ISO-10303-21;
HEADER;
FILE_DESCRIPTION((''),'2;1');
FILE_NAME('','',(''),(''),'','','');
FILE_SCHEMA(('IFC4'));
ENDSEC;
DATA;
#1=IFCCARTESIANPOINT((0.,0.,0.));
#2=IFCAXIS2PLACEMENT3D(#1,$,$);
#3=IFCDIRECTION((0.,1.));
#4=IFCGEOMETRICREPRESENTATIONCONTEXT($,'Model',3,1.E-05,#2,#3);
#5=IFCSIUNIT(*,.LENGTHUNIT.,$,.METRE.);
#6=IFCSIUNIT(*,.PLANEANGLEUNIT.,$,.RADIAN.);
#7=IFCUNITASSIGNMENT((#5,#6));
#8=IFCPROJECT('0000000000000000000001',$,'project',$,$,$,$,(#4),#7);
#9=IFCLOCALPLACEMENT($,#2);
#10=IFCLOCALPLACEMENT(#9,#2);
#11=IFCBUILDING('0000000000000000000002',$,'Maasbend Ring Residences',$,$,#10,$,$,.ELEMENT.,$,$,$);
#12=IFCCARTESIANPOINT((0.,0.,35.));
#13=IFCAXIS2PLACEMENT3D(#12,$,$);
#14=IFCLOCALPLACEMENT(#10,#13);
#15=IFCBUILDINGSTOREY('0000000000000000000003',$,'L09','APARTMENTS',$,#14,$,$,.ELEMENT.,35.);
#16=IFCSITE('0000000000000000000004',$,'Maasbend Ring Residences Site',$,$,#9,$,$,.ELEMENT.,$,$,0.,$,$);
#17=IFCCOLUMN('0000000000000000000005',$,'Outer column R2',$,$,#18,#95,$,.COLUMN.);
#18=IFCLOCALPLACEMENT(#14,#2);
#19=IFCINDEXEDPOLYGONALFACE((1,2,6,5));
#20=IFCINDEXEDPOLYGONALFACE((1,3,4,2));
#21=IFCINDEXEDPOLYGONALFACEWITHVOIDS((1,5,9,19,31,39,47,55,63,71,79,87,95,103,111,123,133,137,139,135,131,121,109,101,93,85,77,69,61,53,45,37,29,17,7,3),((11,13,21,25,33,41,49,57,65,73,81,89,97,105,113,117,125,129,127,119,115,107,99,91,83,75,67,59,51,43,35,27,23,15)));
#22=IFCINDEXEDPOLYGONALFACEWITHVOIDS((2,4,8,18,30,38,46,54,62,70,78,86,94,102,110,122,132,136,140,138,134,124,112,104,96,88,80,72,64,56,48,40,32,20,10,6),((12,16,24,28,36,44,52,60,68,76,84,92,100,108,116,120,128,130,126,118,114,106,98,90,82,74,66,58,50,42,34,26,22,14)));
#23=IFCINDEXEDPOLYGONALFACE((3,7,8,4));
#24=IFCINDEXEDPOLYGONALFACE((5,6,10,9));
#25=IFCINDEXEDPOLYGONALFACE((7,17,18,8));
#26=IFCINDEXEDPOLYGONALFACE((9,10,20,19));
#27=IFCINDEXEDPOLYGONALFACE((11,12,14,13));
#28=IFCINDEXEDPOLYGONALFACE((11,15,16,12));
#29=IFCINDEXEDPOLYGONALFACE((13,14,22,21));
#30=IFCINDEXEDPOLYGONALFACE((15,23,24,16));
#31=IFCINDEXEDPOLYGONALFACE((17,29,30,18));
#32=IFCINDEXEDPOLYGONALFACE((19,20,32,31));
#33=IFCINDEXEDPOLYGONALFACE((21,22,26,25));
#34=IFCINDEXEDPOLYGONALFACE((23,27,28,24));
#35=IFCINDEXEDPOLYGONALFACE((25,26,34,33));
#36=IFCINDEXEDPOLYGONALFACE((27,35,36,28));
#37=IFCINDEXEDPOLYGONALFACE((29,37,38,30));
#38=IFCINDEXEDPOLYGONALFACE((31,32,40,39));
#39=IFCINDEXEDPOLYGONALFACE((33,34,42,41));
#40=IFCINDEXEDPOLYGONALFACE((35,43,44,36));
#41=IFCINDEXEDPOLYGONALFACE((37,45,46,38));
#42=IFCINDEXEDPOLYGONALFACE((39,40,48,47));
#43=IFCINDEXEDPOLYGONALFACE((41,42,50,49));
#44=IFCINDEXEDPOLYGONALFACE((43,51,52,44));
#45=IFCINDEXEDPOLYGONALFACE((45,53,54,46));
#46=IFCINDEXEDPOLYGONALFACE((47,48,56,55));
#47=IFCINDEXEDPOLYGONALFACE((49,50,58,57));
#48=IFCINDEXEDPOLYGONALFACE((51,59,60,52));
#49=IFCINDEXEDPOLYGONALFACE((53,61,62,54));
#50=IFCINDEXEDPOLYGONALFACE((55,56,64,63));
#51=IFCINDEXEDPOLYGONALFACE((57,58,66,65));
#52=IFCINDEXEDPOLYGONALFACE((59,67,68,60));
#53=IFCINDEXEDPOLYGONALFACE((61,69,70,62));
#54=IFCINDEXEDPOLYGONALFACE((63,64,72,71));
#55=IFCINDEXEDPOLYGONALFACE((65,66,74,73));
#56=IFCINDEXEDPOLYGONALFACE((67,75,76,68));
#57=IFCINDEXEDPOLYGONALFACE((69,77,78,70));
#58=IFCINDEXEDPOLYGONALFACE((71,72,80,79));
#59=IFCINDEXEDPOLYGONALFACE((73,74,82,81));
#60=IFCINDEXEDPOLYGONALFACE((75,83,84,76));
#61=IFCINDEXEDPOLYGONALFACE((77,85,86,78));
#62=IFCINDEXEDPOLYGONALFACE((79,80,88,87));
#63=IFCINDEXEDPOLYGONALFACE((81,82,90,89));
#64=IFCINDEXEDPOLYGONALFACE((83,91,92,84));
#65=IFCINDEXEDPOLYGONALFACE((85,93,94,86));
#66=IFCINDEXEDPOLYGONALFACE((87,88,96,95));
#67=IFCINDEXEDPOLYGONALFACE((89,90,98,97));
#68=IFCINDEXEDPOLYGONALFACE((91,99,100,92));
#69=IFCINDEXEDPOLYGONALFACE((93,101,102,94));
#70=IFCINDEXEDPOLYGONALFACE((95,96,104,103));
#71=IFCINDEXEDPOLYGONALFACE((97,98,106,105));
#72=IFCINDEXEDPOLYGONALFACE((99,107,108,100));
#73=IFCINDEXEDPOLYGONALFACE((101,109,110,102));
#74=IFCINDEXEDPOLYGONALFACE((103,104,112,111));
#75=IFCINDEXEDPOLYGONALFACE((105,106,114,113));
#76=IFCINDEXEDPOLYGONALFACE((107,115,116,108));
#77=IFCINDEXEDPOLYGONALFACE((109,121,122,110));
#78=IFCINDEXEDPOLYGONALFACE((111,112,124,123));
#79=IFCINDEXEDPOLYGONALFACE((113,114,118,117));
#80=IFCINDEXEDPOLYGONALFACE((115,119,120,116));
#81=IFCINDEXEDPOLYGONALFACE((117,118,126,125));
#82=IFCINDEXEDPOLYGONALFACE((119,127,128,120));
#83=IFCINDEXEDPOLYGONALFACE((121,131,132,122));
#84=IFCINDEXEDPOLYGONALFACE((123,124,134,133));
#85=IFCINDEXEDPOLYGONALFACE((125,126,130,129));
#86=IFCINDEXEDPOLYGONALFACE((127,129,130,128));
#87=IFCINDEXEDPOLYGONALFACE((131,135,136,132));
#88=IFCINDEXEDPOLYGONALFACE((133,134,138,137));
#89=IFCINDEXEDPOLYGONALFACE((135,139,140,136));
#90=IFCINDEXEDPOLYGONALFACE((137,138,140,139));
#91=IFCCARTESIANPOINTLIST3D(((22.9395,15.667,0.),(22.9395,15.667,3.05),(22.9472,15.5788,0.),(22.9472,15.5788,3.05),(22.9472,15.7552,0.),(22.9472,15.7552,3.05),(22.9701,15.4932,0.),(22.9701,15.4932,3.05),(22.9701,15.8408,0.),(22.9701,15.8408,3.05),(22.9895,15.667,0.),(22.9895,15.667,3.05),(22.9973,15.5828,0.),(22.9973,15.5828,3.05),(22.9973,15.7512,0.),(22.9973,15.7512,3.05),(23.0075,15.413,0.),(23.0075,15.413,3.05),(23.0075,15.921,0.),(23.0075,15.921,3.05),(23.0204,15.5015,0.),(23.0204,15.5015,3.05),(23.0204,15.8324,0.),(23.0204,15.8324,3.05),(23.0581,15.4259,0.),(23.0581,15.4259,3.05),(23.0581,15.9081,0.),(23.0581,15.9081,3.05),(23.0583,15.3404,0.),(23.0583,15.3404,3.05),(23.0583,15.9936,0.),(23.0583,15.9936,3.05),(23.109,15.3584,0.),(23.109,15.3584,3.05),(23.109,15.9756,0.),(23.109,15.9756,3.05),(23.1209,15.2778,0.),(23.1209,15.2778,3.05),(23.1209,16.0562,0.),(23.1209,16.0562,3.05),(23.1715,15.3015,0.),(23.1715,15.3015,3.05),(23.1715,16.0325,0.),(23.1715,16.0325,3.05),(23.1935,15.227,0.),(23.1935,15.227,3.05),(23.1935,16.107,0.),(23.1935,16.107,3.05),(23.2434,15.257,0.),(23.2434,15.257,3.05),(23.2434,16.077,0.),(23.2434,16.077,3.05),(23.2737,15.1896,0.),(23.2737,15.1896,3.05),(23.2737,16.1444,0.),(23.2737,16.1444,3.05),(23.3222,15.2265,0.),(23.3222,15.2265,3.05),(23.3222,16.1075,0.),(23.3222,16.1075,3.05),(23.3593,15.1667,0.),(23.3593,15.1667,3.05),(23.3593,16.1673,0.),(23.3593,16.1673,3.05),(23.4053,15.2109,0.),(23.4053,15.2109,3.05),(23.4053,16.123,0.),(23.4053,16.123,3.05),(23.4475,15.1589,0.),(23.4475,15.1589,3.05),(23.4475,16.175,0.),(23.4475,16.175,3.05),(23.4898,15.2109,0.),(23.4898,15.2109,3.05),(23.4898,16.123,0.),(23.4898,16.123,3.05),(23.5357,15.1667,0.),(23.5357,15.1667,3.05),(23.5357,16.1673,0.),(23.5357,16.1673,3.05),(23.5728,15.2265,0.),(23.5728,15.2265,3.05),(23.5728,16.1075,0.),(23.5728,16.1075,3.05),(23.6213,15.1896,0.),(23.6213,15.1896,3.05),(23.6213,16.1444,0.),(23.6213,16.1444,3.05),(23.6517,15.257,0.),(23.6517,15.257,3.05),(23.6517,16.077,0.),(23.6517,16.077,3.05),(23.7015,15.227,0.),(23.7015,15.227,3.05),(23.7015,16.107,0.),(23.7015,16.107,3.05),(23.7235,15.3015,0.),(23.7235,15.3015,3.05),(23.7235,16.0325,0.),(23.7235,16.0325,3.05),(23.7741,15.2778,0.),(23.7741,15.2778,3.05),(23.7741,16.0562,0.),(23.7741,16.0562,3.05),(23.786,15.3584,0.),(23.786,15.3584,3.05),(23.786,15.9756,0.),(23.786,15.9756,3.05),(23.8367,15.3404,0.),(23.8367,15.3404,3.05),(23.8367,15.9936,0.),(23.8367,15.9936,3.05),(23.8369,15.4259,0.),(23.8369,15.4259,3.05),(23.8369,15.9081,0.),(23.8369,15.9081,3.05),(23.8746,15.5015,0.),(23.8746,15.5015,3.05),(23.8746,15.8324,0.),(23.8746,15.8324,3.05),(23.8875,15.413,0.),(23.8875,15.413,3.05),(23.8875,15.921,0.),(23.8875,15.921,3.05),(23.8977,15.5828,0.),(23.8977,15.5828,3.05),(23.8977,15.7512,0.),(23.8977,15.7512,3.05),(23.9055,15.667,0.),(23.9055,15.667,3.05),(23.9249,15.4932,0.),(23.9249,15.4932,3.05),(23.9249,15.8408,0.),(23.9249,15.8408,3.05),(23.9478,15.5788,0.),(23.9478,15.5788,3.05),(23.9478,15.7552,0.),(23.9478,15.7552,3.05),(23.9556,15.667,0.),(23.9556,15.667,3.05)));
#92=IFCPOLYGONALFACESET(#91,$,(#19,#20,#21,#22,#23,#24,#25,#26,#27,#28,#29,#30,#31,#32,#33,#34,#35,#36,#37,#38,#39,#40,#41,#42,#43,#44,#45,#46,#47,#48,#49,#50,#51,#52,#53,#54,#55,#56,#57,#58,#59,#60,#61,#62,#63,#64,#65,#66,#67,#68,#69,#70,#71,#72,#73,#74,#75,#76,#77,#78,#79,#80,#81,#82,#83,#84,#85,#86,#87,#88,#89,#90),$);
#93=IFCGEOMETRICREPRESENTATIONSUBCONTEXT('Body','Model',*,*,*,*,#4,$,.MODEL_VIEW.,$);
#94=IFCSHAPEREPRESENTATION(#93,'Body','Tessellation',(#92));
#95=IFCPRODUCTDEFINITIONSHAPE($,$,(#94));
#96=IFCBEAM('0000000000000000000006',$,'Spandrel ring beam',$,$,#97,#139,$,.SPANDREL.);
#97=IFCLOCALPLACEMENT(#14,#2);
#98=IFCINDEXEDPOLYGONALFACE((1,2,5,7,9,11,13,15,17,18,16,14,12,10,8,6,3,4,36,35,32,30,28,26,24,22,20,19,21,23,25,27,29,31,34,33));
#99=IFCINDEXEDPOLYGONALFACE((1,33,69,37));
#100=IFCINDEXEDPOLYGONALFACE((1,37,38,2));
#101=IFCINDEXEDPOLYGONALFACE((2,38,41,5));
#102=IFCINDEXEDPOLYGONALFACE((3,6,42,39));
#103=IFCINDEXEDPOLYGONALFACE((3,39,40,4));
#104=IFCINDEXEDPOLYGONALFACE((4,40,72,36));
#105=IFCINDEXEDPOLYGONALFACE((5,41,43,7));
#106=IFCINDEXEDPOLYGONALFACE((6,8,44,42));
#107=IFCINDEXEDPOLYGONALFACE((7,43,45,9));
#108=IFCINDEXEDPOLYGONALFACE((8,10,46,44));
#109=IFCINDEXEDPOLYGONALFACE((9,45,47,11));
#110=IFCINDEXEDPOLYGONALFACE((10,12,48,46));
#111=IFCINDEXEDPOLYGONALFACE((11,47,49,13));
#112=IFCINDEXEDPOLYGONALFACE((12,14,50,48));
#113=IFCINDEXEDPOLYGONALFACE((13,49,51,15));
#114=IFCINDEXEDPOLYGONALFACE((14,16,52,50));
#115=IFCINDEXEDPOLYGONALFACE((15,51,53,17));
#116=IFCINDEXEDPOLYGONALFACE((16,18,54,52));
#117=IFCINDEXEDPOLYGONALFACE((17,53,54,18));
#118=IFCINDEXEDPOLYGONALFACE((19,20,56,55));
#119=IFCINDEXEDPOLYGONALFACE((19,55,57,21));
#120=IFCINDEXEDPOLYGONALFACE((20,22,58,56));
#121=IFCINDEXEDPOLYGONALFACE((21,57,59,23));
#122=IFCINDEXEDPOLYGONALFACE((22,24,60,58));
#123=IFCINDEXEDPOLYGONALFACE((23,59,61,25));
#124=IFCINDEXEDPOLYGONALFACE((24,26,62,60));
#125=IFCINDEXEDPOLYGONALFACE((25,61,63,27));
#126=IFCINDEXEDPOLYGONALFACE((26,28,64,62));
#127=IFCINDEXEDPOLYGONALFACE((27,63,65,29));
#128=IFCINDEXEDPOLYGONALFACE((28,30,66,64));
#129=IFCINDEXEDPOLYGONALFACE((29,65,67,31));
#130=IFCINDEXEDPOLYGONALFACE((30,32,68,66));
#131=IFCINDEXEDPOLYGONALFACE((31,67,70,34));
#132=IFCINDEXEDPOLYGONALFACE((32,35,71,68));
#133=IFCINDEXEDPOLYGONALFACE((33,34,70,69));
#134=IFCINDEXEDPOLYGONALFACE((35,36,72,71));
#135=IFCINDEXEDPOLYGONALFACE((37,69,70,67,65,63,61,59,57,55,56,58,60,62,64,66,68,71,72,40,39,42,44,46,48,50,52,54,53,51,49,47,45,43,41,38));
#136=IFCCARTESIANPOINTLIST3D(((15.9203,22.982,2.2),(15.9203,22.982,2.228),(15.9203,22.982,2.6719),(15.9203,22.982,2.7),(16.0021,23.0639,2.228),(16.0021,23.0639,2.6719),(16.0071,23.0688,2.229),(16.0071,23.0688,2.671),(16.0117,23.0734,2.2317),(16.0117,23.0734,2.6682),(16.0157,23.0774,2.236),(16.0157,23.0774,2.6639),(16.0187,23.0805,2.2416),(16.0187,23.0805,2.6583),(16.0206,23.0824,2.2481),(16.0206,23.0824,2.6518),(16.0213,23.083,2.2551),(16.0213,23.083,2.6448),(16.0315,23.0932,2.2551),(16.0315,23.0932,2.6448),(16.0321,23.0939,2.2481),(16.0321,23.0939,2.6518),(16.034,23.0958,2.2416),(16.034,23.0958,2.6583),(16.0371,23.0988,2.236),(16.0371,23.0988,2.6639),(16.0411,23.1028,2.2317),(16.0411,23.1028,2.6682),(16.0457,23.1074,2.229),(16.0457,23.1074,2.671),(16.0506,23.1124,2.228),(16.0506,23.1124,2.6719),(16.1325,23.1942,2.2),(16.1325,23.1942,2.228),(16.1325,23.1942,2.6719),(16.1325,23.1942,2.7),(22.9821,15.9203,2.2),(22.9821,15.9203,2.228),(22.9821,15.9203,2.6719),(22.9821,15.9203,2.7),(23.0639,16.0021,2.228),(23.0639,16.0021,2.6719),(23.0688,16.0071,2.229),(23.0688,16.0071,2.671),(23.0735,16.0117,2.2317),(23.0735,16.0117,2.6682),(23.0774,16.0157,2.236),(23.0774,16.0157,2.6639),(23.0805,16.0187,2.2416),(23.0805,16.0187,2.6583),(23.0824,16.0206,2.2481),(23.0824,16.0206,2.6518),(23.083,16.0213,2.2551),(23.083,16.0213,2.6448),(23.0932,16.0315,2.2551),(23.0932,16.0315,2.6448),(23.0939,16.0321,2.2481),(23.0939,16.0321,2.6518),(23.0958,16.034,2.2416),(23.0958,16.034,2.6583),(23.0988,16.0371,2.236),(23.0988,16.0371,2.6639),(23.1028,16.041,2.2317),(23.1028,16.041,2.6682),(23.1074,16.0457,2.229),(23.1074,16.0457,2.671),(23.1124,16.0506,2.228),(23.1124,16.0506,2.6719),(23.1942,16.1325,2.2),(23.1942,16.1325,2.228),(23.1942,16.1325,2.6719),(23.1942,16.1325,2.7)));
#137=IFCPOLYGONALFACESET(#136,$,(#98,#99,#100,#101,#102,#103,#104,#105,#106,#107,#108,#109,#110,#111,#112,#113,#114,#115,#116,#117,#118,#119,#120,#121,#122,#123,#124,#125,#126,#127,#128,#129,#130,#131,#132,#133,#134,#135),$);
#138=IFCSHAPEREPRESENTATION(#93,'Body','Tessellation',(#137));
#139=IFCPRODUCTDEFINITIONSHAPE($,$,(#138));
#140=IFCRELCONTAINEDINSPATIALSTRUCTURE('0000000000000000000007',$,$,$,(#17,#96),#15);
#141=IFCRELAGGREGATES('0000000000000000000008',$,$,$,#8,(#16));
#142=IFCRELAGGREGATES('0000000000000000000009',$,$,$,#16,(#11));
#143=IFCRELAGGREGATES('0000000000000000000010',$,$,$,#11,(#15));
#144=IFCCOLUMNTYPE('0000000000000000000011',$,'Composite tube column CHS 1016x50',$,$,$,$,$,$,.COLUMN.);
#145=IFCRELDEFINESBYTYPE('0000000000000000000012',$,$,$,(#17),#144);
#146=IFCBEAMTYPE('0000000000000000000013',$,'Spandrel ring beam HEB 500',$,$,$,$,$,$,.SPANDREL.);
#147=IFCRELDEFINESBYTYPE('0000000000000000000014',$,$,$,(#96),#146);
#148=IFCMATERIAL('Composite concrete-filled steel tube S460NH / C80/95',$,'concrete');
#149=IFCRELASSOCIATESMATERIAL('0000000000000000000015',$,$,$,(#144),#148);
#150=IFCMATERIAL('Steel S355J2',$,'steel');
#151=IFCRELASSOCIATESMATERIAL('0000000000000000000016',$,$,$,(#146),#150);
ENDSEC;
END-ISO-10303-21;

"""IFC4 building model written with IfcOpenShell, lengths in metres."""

from ifc_helpers import new_model, si_unit, direction, frame, origin, origin_2d, place, context, subcontext, project, spatial, hollow_circle, i_section, extrude, material, material_profile, profile_set, type_object, element, save


model = new_model("IFC4")

# Units and contexts
model_context = context("Model", 3, precision=1e-05, world=origin(), true_north=direction((0.0, 1.0)))
body_context = subcontext(model_context, "Body", "Model", "MODEL_VIEW")
ifc_project = project(units=[si_unit("LENGTHUNIT", "METRE"), si_unit("PLANEANGLEUNIT", "RADIAN")], contexts=[model_context])

# Site, building, storey
site_placement = place(None, origin())
site = spatial("IfcSite", under=ifc_project, at=site_placement, Name="Maasbend Ring Residences Site", CompositionType="ELEMENT", RefElevation=0.0)
building_placement = place(site_placement, origin())
building = spatial("IfcBuilding", under=site, at=building_placement, Name="Maasbend Ring Residences", CompositionType="ELEMENT")
storey_placement = place(building_placement, frame((0.0, 0.0, 35.0)))
storey = spatial("IfcBuildingStorey", under=building, at=storey_placement, Name="L09", Description="APARTMENTS", CompositionType="ELEMENT", Elevation=35.0)

# Column
ifc_material_1 = material(Name="Composite concrete-filled steel tube S460NH / C80/95", Category="concrete")
ifc_material_profile_1 = material_profile(ifc_material_1, hollow_circle(Radius=0.5081, WallThickness=0.05, at=origin_2d()), Name="Composite tube column CHS 1016x50")
ifc_profile_set_1 = profile_set([ifc_material_profile_1], Name="Composite concrete-filled steel tube S460NH / C80/95")
column_type = type_object("IfcColumnType", Name="Composite tube column CHS 1016x50", PredefinedType="COLUMN", material=ifc_profile_set_1)
column_placement = place(storey_placement, frame((23.4475, 15.667, 0.0), z_axis=(0.0, 0.0, 1.0), x_axis=(1.0, 0.0, 0.0)))
element("IfcColumn", 1, at=column_placement, inside=storey, type_object=column_type, Name="Outer column R2", PredefinedType="COLUMN", context=body_context, shape_type="SweptSolid", body=[
    extrude(hollow_circle(Radius=0.5081, WallThickness=0.05, at=origin_2d()), origin(), (0.0, 0.0, 1.0), 3.05),
])

# Beam
ifc_material_2 = material(Name="Steel S355J2", Category="steel")
ifc_material_profile_2 = material_profile(ifc_material_2, i_section(OverallWidth=0.3, OverallDepth=0.5, WebThickness=0.0144, FlangeThickness=0.0281, FilletRadius=0.0271, at=origin_2d()), Name="HEB 500")
ifc_profile_set_2 = profile_set([ifc_material_profile_2], Name="Steel S355J2")
beam_type = type_object("IfcBeamType", Name="Spandrel ring beam HEB 500", PredefinedType="SPANDREL", material=ifc_profile_set_2)
beam_placement = place(storey_placement, frame((23.0881, 16.0264, 2.45), z_axis=(-0.707107, 0.707107, 0.0), x_axis=(-0.707107, -0.707107, 0.0)))
element("IfcBeam", 2, at=beam_placement, inside=storey, type_object=beam_type, Name="Spandrel ring beam", PredefinedType="SPANDREL", context=body_context, shape_type="SweptSolid", body=[
    extrude(i_section(OverallWidth=0.3, OverallDepth=0.5, WebThickness=0.0144, FlangeThickness=0.0281, FilletRadius=0.0271, at=origin_2d()), origin(), (0.0, 0.0, 1.0), 9.9868),
])

save(model, "model.ifc")
